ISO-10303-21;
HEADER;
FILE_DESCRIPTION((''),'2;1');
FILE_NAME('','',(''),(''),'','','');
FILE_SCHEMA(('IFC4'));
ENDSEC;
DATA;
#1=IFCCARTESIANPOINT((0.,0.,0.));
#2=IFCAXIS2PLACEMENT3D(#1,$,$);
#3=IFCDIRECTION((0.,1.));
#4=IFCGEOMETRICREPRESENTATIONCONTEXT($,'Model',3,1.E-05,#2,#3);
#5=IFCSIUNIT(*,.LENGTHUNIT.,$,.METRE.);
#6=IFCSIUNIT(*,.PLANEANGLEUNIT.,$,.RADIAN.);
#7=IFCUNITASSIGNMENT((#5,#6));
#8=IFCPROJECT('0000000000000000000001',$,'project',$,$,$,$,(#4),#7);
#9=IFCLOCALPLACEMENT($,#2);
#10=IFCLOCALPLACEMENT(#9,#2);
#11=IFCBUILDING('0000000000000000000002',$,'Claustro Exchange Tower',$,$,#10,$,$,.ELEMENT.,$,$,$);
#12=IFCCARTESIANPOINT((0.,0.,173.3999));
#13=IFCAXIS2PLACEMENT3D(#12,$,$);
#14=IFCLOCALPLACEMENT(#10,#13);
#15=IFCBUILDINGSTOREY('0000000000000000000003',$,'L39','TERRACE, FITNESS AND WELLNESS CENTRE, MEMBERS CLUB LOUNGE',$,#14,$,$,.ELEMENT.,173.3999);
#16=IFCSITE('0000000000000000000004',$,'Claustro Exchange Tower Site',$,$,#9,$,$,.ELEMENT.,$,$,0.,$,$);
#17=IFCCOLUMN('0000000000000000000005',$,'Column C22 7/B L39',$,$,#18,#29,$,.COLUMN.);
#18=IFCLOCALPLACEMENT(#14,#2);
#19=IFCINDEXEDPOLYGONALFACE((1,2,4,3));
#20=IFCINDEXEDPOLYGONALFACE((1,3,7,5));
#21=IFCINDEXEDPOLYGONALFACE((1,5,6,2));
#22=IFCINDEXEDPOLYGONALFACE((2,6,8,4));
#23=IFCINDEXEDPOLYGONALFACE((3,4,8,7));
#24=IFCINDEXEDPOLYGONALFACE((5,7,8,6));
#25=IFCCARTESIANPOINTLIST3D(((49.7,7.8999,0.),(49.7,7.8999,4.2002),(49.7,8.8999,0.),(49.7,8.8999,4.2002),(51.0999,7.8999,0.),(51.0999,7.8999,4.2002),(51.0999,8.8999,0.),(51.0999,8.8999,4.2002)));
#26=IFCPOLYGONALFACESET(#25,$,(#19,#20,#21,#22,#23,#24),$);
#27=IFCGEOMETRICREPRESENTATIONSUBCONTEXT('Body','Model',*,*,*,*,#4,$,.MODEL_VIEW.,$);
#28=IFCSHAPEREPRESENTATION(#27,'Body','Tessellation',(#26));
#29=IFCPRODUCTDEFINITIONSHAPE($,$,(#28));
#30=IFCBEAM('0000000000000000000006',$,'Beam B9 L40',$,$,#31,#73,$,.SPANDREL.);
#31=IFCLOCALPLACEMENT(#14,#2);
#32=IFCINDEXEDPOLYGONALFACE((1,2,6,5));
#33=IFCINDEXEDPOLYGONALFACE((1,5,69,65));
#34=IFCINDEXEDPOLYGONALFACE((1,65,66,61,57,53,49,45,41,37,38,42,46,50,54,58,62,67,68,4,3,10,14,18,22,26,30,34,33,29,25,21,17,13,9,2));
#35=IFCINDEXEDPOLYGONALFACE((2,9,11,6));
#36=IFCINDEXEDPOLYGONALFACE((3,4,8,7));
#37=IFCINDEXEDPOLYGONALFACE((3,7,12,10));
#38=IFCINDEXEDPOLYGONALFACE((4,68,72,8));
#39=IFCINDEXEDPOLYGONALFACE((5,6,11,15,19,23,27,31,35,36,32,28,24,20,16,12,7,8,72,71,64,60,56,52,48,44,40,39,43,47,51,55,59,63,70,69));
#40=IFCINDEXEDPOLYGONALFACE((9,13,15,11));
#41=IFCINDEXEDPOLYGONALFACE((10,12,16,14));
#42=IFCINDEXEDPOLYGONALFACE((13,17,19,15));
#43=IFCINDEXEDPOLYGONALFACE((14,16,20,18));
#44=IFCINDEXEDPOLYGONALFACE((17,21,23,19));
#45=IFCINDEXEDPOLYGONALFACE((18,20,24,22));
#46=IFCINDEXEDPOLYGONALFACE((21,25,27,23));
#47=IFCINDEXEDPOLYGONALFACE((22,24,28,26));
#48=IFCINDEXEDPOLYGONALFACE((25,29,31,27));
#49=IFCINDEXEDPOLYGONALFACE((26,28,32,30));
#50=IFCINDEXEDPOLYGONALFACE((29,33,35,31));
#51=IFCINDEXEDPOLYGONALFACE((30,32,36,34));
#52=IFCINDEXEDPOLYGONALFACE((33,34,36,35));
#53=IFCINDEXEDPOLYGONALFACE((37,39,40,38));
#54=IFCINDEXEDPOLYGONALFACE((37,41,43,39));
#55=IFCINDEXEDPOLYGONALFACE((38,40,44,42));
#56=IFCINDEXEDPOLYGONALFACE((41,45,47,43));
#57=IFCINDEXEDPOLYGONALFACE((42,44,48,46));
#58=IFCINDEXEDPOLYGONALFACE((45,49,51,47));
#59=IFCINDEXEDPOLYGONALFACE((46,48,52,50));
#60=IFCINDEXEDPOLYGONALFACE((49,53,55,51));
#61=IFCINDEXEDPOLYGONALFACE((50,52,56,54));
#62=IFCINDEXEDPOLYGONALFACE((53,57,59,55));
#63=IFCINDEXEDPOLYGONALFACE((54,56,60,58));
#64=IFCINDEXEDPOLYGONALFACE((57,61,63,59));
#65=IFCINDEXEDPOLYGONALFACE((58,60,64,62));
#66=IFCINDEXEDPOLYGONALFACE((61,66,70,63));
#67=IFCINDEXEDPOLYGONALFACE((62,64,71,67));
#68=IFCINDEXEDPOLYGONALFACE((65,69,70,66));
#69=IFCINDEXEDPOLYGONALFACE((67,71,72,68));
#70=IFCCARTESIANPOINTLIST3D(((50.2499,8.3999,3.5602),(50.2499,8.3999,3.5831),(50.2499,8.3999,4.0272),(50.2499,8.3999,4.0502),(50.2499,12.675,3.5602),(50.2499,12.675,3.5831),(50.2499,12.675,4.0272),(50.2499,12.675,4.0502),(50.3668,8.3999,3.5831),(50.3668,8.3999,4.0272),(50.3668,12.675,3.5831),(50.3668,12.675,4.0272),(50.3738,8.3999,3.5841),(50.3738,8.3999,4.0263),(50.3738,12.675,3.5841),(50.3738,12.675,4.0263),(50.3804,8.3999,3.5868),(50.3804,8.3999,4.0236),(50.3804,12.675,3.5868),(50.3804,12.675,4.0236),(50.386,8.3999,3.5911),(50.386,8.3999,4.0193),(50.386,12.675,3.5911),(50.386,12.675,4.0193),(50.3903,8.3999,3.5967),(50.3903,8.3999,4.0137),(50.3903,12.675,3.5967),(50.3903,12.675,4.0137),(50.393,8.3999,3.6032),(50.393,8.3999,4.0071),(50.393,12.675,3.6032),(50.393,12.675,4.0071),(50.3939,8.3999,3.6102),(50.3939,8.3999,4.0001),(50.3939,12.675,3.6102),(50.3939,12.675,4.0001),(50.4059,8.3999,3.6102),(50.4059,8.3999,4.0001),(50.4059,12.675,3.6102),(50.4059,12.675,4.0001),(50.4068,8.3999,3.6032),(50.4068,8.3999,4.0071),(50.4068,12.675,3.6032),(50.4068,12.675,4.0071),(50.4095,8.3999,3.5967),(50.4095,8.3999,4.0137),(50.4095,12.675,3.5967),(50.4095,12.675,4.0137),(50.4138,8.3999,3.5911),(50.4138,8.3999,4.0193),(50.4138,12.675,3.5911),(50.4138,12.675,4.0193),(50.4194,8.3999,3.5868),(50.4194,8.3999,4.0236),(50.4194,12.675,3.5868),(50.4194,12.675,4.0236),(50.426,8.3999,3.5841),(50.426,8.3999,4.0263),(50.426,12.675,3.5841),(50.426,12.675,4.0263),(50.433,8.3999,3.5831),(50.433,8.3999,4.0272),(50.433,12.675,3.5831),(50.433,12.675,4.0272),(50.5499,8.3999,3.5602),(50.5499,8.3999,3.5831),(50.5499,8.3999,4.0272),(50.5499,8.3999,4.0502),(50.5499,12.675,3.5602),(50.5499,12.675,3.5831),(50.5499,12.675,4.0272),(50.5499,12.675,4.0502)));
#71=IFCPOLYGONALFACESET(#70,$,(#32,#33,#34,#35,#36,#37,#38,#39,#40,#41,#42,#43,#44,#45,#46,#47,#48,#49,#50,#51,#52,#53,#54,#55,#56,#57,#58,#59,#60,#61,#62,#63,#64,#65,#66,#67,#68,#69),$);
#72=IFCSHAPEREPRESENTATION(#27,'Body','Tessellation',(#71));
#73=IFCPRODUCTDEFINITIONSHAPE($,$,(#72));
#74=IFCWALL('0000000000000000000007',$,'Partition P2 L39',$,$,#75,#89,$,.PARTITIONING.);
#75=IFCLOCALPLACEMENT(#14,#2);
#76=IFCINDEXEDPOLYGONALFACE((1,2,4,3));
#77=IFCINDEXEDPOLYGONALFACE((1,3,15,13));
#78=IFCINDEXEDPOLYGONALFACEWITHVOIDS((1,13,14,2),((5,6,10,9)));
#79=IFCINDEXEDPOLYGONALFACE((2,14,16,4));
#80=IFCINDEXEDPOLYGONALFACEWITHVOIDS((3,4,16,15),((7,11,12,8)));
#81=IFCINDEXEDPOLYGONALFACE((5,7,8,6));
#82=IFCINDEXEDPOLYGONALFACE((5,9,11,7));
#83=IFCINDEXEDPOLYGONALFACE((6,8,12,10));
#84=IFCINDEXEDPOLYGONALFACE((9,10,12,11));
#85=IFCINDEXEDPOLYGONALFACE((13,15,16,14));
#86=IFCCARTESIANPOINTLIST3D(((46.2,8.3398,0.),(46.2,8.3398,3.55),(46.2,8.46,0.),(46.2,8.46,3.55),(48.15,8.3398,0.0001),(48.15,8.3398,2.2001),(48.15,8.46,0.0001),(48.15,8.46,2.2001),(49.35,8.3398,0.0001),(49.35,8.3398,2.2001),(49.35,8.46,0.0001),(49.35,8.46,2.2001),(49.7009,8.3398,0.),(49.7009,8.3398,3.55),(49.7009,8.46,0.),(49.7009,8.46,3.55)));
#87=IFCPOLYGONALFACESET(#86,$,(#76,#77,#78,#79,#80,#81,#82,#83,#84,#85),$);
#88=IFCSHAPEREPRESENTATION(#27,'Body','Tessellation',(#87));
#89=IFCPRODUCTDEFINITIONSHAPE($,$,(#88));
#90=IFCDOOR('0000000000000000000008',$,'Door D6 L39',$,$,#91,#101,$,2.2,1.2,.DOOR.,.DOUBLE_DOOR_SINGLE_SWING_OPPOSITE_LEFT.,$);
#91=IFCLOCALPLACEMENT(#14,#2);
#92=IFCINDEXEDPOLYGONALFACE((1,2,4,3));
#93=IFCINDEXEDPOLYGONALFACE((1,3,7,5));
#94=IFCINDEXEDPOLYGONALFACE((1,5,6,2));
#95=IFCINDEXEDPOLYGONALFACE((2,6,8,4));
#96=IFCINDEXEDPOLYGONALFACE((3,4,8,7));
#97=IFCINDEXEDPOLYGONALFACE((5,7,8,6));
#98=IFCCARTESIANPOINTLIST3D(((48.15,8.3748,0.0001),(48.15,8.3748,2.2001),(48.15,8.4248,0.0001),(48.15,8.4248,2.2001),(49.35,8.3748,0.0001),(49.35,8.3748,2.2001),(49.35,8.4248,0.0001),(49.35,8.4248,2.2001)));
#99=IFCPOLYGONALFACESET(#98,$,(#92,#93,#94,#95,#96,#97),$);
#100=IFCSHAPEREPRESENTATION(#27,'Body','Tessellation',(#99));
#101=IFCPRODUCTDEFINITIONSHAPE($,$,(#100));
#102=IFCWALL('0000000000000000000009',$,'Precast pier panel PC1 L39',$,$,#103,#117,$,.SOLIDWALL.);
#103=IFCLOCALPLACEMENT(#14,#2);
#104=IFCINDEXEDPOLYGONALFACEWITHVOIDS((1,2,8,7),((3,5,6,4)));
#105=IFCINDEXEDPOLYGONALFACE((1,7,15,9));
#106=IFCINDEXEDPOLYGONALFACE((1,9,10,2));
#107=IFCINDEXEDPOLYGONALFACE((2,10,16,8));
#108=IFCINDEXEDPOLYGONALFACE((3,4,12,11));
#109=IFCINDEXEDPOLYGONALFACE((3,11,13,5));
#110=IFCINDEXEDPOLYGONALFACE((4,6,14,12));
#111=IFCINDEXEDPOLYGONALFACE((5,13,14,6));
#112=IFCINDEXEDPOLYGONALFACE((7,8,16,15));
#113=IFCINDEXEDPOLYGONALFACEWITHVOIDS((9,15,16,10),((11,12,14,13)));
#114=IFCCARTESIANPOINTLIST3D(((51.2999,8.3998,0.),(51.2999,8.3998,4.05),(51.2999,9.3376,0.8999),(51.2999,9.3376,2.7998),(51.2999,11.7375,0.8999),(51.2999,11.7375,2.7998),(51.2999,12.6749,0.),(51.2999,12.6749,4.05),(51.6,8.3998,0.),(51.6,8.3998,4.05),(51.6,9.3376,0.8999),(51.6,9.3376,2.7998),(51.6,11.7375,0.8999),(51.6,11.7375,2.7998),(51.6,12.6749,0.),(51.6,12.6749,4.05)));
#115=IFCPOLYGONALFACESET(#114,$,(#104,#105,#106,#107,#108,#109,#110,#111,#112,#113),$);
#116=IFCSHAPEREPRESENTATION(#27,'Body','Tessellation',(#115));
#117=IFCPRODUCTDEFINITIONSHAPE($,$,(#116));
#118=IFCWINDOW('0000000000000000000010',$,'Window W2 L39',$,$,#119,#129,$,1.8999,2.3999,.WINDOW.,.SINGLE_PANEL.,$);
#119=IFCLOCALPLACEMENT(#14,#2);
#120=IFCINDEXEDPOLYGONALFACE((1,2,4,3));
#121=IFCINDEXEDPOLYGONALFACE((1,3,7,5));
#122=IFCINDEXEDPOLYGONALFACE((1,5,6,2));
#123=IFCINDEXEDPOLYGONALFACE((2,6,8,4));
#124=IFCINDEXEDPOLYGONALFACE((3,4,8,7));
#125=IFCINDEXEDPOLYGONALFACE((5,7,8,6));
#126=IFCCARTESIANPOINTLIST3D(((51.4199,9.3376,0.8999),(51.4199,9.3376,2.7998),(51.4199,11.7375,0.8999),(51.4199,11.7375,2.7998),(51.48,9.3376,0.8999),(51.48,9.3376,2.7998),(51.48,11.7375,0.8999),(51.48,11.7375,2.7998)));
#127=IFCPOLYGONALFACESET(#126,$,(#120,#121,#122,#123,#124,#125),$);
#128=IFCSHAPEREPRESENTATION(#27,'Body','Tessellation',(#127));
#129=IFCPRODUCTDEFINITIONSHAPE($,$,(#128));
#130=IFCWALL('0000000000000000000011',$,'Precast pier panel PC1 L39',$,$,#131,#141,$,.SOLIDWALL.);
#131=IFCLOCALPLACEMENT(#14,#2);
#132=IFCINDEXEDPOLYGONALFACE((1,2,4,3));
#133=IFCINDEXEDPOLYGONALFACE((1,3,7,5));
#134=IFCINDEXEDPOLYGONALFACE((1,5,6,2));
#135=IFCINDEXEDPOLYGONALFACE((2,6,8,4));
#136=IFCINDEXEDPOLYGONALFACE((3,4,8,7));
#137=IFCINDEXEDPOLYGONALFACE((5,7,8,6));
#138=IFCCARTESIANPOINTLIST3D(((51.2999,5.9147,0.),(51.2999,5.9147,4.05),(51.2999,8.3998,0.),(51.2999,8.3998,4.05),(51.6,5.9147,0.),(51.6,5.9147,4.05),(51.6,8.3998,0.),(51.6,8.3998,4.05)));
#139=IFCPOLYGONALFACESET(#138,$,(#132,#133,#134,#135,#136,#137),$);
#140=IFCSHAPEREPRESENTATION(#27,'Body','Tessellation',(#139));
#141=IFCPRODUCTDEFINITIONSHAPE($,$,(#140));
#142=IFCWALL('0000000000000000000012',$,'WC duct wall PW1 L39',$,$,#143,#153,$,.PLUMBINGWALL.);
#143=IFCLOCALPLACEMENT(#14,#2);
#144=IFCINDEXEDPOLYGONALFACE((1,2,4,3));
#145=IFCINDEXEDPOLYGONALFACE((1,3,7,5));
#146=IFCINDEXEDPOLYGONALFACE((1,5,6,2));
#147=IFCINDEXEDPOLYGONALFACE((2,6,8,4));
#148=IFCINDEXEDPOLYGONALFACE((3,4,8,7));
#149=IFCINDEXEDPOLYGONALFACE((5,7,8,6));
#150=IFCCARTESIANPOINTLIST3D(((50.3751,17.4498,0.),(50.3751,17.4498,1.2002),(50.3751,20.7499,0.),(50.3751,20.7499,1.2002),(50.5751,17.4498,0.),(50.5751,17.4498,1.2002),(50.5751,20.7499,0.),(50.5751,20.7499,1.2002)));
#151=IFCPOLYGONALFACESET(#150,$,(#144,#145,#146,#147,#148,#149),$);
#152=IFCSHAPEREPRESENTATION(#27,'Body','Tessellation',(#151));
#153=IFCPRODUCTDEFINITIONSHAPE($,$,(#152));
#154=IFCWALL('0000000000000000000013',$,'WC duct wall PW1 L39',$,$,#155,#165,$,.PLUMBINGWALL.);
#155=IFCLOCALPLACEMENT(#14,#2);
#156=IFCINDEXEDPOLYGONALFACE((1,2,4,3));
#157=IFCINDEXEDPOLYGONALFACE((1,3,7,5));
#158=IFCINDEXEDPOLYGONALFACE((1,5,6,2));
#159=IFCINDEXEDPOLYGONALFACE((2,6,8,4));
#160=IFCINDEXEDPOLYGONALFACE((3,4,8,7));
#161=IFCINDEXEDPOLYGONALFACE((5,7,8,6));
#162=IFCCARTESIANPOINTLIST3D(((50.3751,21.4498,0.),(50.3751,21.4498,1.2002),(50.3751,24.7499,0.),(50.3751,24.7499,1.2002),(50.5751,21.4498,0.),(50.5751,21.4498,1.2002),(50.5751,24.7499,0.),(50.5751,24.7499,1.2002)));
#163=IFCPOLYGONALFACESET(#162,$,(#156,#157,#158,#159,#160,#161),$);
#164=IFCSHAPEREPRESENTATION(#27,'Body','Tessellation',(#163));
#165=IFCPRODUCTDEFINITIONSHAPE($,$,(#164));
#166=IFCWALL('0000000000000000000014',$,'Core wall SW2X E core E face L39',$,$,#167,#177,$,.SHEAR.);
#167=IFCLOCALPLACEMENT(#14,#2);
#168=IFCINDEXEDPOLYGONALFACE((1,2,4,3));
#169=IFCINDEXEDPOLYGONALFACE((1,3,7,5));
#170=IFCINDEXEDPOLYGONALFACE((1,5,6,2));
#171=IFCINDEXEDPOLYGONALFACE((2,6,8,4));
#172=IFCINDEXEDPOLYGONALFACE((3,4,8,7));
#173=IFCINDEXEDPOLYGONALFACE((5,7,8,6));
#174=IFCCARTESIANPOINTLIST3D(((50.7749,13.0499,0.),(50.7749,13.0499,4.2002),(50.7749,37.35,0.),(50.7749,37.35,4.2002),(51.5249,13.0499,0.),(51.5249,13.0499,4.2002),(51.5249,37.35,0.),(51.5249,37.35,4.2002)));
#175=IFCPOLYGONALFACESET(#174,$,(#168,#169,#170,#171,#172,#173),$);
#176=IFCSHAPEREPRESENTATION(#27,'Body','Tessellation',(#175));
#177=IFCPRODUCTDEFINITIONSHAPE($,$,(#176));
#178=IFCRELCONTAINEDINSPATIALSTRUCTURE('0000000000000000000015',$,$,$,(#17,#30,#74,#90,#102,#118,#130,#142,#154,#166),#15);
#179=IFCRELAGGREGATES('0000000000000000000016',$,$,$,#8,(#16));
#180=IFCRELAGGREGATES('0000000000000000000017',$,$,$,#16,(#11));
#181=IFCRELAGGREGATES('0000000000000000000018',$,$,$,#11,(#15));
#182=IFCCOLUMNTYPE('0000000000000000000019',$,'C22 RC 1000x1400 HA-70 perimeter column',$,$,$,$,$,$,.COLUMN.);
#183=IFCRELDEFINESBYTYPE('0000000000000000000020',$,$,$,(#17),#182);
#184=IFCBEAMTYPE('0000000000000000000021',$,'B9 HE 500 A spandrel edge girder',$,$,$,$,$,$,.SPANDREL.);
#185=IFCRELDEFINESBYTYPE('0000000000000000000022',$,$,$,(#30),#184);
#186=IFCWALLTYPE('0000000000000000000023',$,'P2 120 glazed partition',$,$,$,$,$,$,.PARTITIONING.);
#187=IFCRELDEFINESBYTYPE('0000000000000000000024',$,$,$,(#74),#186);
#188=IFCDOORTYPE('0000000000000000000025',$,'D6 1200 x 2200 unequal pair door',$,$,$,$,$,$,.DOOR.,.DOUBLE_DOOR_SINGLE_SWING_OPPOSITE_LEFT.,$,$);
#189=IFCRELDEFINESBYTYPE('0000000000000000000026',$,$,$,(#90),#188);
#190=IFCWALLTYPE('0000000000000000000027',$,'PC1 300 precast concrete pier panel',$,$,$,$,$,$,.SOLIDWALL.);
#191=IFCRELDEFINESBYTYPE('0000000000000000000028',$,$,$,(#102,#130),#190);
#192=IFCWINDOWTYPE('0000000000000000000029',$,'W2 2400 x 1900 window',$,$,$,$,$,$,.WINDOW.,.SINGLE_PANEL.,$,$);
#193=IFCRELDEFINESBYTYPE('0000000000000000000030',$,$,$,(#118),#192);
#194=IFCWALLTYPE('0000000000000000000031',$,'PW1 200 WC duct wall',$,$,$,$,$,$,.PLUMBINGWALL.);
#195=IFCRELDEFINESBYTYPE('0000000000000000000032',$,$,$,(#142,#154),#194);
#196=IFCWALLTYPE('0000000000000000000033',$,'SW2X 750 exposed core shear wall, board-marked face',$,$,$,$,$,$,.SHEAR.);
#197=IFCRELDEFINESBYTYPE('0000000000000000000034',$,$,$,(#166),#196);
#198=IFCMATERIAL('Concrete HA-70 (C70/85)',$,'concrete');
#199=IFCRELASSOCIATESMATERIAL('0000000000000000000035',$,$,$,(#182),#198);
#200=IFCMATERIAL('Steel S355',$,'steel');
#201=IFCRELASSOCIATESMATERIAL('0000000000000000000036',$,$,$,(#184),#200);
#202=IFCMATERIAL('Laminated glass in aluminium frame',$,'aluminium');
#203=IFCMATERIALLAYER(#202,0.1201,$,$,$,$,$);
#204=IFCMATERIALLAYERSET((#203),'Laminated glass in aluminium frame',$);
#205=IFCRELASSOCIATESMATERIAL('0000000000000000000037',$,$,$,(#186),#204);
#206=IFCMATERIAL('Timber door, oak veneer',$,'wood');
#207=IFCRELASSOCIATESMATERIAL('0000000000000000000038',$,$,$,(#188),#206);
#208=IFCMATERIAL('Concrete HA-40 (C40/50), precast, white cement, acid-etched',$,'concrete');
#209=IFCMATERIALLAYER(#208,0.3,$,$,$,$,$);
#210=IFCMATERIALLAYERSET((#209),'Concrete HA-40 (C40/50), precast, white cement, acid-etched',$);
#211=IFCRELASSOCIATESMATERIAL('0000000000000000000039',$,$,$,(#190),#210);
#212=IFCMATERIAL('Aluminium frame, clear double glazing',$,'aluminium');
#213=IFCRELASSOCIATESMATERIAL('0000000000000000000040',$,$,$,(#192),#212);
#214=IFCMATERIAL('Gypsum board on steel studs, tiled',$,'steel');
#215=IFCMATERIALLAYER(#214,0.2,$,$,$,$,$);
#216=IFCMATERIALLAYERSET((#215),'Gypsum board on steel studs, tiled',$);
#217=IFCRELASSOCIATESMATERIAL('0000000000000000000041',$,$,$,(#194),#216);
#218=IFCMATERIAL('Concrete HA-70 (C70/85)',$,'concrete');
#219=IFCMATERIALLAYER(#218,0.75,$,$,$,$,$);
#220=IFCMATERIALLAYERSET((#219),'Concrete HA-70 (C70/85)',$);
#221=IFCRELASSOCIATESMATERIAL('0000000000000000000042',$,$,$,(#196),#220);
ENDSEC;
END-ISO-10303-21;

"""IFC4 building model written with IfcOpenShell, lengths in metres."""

from ifc_helpers import new_model, si_unit, direction, frame, frame_2d, origin, origin_2d, place, context, subcontext, project, spatial, rectangle, i_section, extrude, material, layer, layer_set, material_profile, profile_set, type_object, element, fill, save


model = new_model("IFC4")

# Units and contexts
model_context = context("Model", 3, precision=1e-05, world=origin(), true_north=direction((0.0, 1.0)))
body_context = subcontext(model_context, "Body", "Model", "MODEL_VIEW")
ifc_project = project(units=[si_unit("LENGTHUNIT", "METRE"), si_unit("PLANEANGLEUNIT", "RADIAN")], contexts=[model_context])

# Site, building, storey
site_placement = place(None, origin())
site = spatial("IfcSite", under=ifc_project, at=site_placement, Name="Claustro Exchange Tower Site", CompositionType="ELEMENT", RefElevation=0.0)
building_placement = place(site_placement, origin())
building = spatial("IfcBuilding", under=site, at=building_placement, Name="Claustro Exchange Tower", CompositionType="ELEMENT")
storey_placement = place(building_placement, frame((0.0, 0.0, 173.3999)))
storey = spatial("IfcBuildingStorey", under=building, at=storey_placement, Name="L39", Description="TERRACE, FITNESS AND WELLNESS CENTRE, MEMBERS CLUB LOUNGE", CompositionType="ELEMENT", Elevation=173.3999)

# Column
ifc_material_1 = material(Name="Concrete HA-70 (C70/85)", Category="concrete")
ifc_material_profile_1 = material_profile(ifc_material_1, rectangle(XDim=1.0, YDim=1.3999, at=origin_2d()), Name="RC 1000x1400")
ifc_profile_set_1 = profile_set([ifc_material_profile_1], Name="Concrete HA-70 (C70/85)")
column_type = type_object("IfcColumnType", Name="C22 RC 1000x1400 HA-70 perimeter column", PredefinedType="COLUMN", material=ifc_profile_set_1)
column_placement = place(storey_placement, frame((50.3999, 8.3999, 0.0), z_axis=(0.0, 0.0, 1.0), x_axis=(0.0, 1.0, 0.0)))
element("IfcColumn", 1, at=column_placement, inside=storey, type_object=column_type, Name="Column C22 7/B L39", PredefinedType="COLUMN", context=body_context, shape_type="SweptSolid", body=[
    extrude(rectangle(XDim=1.0, YDim=1.3999, at=origin_2d()), origin(), (0.0, 0.0, 1.0), 4.2002),
])

# Beam
ifc_material_2 = material(Name="Steel S355", Category="steel")
ifc_material_profile_2 = material_profile(ifc_material_2, i_section(OverallWidth=0.3, OverallDepth=0.49, WebThickness=0.012, FlangeThickness=0.0229, FilletRadius=0.0271, at=origin_2d()), Name="HE 500 A")
ifc_profile_set_2 = profile_set([ifc_material_profile_2], Name="Steel S355")
beam_type = type_object("IfcBeamType", Name="B9 HE 500 A spandrel edge girder", PredefinedType="SPANDREL", material=ifc_profile_set_2)
beam_placement = place(storey_placement, frame((50.3999, 8.3999, 3.8052), z_axis=(0.0, 1.0, 0.0), x_axis=(-1.0, 0.0, 0.0)))
element("IfcBeam", 2, at=beam_placement, inside=storey, type_object=beam_type, Name="Beam B9 L40", PredefinedType="SPANDREL", context=body_context, shape_type="SweptSolid", body=[
    extrude(i_section(OverallWidth=0.3, OverallDepth=0.49, WebThickness=0.012, FlangeThickness=0.0229, FilletRadius=0.0271, at=origin_2d()), origin(), (0.0, 0.0, 1.0), 4.2751),
])

# Wall, opening, door
ifc_material_3 = material(Name="Laminated glass in aluminium frame", Category="aluminium")
ifc_layer_1 = layer(ifc_material_3, 0.1201)
ifc_layer_set_1 = layer_set([ifc_layer_1], Name="Laminated glass in aluminium frame")
wall_type_1 = type_object("IfcWallType", Name="P2 120 glazed partition", PredefinedType="PARTITIONING", material=ifc_layer_set_1)
wall_1_placement = place(storey_placement, frame((46.2, 8.3999, 0.0), z_axis=(0.0, 0.0, 1.0), x_axis=(1.0, 0.0, 0.0)))
wall_1 = element("IfcWall", 3, at=wall_1_placement, inside=storey, type_object=wall_type_1, Name="Partition P2 L39", PredefinedType="PARTITIONING", context=body_context, shape_type="SweptSolid", body=[
    extrude(rectangle(XDim=3.501, YDim=0.1201, at=frame_2d((1.7505, 0.0))), origin(), (0.0, 0.0, 1.0), 3.55),
])
opening_1_placement = place(wall_1_placement, frame((1.95, 0.0, 0.0)))
opening_1 = element("IfcOpeningElement", 4, at=opening_1_placement, cuts=wall_1, PredefinedType="OPENING", context=body_context, shape_type="SweptSolid", body=[
    extrude(rectangle(XDim=1.2, YDim=2.2, at=frame_2d((0.6001, 1.1001))), frame((0.0, 0.0701, 0.0), z_axis=(0.0, -1.0, 0.0), x_axis=(1.0, 0.0, 0.0)), (0.0, 0.0, 1.0), 0.1401),
])
ifc_material_4 = material(Name="Timber door, oak veneer", Category="wood")
door_type = type_object("IfcDoorType", Name="D6 1200 x 2200 unequal pair door", OperationType="DOUBLE_DOOR_SINGLE_SWING_OPPOSITE_LEFT", PredefinedType="DOOR", material=ifc_material_4)
door_placement = place(opening_1_placement, origin())
door = element("IfcDoor", 5, at=door_placement, inside=storey, type_object=door_type, Name="Door D6 L39", OperationType="DOUBLE_DOOR_SINGLE_SWING_OPPOSITE_LEFT", OverallHeight=2.2, OverallWidth=1.2, PredefinedType="DOOR", context=body_context, shape_type="SweptSolid", body=[
    extrude(rectangle(XDim=1.2, YDim=2.2, at=frame_2d((0.6001, 1.1001))), frame((0.0, 0.0249, 0.0), z_axis=(0.0, -1.0, 0.0), x_axis=(1.0, 0.0, 0.0)), (0.0, 0.0, 1.0), 0.05),
])
fill(opening_1, door)

# Wall, opening, window
ifc_material_5 = material(Name="Concrete HA-40 (C40/50), precast, white cement, acid-etched", Category="concrete")
ifc_layer_2 = layer(ifc_material_5, 0.3)
ifc_layer_set_2 = layer_set([ifc_layer_2], Name="Concrete HA-40 (C40/50), precast, white cement, acid-etched")
wall_type_2 = type_object("IfcWallType", Name="PC1 300 precast concrete pier panel", PredefinedType="SOLIDWALL", material=ifc_layer_set_2)
wall_2_placement = place(storey_placement, frame((51.45, 12.675, 0.0), z_axis=(0.0, 0.0, 1.0), x_axis=(0.0, -1.0, 0.0)))
wall_2 = element("IfcWall", 6, at=wall_2_placement, inside=storey, type_object=wall_type_2, Name="Precast pier panel PC1 L39", PredefinedType="SOLIDWALL", context=body_context, shape_type="SweptSolid", body=[
    extrude(rectangle(XDim=4.2751, YDim=0.3, at=frame_2d((2.1377, 0.0))), origin(), (0.0, 0.0, 1.0), 4.05),
])
opening_2_placement = place(wall_2_placement, frame((0.9375, 0.0, 0.8999)))
opening_2 = element("IfcOpeningElement", 7, at=opening_2_placement, cuts=wall_2, PredefinedType="OPENING", context=body_context, shape_type="SweptSolid", body=[
    extrude(rectangle(XDim=2.3999, YDim=1.8999, at=frame_2d((1.2, 0.95))), frame((0.0, 0.1599, 0.0), z_axis=(0.0, -1.0, 0.0), x_axis=(1.0, 0.0, 0.0)), (0.0, 0.0, 1.0), 0.3201),
])
ifc_material_6 = material(Name="Aluminium frame, clear double glazing", Category="aluminium")
window_type = type_object("IfcWindowType", Name="W2 2400 x 1900 window", PartitioningType="SINGLE_PANEL", PredefinedType="WINDOW", material=ifc_material_6)
window_placement = place(opening_2_placement, origin())
window = element("IfcWindow", 8, at=window_placement, inside=storey, type_object=window_type, Name="Window W2 L39", OverallHeight=1.8999, OverallWidth=2.3999, PartitioningType="SINGLE_PANEL", PredefinedType="WINDOW", context=body_context, shape_type="SweptSolid", body=[
    extrude(rectangle(XDim=2.3999, YDim=1.8999, at=frame_2d((1.2, 0.95))), frame((0.0, 0.03, 0.0), z_axis=(0.0, -1.0, 0.0), x_axis=(1.0, 0.0, 0.0)), (0.0, 0.0, 1.0), 0.0601),
])
fill(opening_2, window)

# Walls
wall_3_placement = place(storey_placement, frame((51.45, 8.3999, 0.0), z_axis=(0.0, 0.0, 1.0), x_axis=(0.0, -1.0, 0.0)))
element("IfcWall", 9, at=wall_3_placement, inside=storey, type_object=wall_type_2, Name="Precast pier panel PC1 L39", PredefinedType="SOLIDWALL", context=body_context, shape_type="SweptSolid", body=[
    extrude(rectangle(XDim=2.4851, YDim=0.3, at=frame_2d((1.2427, 0.0))), origin(), (0.0, 0.0, 1.0), 4.05),
])
ifc_material_7 = material(Name="Gypsum board on steel studs, tiled", Category="steel")
ifc_layer_3 = layer(ifc_material_7, 0.2)
ifc_layer_set_3 = layer_set([ifc_layer_3], Name="Gypsum board on steel studs, tiled")
wall_type_3 = type_object("IfcWallType", Name="PW1 200 WC duct wall", PredefinedType="PLUMBINGWALL", material=ifc_layer_set_3)
for number, where, z_axis, x_axis, name in (
    (10, (50.4751, 17.45, 0.0), (0.0, 0.0, 1.0), (0.0, 1.0, 0.0), "WC duct wall PW1 L39"),
    (11, (50.4751, 21.45, 0.0), (0.0, 0.0, 1.0), (0.0, 1.0, 0.0), "WC duct wall PW1 L39"),
):
    element("IfcWall", number, at=place(storey_placement, frame(where, z_axis=z_axis, x_axis=x_axis)), inside=storey, type_object=wall_type_3, Name=name, PredefinedType="PLUMBINGWALL", context=body_context, shape_type="SweptSolid", body=[
        extrude(rectangle(XDim=3.3, YDim=0.2, at=frame_2d((1.6499, 0.0))), origin(), (0.0, 0.0, 1.0), 1.2002),
    ])
ifc_material_8 = material(Name="Concrete HA-70 (C70/85)", Category="concrete")
ifc_layer_4 = layer(ifc_material_8, 0.75)
ifc_layer_set_4 = layer_set([ifc_layer_4], Name="Concrete HA-70 (C70/85)")
wall_type_4 = type_object("IfcWallType", Name="SW2X 750 exposed core shear wall, board-marked face", PredefinedType="SHEAR", material=ifc_layer_set_4)
wall_4_placement = place(storey_placement, frame((51.1499, 13.05, 0.0), z_axis=(0.0, 0.0, 1.0), x_axis=(0.0, 1.0, 0.0)))
element("IfcWall", 12, at=wall_4_placement, inside=storey, type_object=wall_type_4, Name="Core wall SW2X E core E face L39", PredefinedType="SHEAR", context=body_context, shape_type="SweptSolid", body=[
    extrude(rectangle(XDim=24.3, YDim=0.75, at=frame_2d((12.1499, 0.0))), origin(), (0.0, 0.0, 1.0), 4.2002),
])

save(model, "model.ifc")
